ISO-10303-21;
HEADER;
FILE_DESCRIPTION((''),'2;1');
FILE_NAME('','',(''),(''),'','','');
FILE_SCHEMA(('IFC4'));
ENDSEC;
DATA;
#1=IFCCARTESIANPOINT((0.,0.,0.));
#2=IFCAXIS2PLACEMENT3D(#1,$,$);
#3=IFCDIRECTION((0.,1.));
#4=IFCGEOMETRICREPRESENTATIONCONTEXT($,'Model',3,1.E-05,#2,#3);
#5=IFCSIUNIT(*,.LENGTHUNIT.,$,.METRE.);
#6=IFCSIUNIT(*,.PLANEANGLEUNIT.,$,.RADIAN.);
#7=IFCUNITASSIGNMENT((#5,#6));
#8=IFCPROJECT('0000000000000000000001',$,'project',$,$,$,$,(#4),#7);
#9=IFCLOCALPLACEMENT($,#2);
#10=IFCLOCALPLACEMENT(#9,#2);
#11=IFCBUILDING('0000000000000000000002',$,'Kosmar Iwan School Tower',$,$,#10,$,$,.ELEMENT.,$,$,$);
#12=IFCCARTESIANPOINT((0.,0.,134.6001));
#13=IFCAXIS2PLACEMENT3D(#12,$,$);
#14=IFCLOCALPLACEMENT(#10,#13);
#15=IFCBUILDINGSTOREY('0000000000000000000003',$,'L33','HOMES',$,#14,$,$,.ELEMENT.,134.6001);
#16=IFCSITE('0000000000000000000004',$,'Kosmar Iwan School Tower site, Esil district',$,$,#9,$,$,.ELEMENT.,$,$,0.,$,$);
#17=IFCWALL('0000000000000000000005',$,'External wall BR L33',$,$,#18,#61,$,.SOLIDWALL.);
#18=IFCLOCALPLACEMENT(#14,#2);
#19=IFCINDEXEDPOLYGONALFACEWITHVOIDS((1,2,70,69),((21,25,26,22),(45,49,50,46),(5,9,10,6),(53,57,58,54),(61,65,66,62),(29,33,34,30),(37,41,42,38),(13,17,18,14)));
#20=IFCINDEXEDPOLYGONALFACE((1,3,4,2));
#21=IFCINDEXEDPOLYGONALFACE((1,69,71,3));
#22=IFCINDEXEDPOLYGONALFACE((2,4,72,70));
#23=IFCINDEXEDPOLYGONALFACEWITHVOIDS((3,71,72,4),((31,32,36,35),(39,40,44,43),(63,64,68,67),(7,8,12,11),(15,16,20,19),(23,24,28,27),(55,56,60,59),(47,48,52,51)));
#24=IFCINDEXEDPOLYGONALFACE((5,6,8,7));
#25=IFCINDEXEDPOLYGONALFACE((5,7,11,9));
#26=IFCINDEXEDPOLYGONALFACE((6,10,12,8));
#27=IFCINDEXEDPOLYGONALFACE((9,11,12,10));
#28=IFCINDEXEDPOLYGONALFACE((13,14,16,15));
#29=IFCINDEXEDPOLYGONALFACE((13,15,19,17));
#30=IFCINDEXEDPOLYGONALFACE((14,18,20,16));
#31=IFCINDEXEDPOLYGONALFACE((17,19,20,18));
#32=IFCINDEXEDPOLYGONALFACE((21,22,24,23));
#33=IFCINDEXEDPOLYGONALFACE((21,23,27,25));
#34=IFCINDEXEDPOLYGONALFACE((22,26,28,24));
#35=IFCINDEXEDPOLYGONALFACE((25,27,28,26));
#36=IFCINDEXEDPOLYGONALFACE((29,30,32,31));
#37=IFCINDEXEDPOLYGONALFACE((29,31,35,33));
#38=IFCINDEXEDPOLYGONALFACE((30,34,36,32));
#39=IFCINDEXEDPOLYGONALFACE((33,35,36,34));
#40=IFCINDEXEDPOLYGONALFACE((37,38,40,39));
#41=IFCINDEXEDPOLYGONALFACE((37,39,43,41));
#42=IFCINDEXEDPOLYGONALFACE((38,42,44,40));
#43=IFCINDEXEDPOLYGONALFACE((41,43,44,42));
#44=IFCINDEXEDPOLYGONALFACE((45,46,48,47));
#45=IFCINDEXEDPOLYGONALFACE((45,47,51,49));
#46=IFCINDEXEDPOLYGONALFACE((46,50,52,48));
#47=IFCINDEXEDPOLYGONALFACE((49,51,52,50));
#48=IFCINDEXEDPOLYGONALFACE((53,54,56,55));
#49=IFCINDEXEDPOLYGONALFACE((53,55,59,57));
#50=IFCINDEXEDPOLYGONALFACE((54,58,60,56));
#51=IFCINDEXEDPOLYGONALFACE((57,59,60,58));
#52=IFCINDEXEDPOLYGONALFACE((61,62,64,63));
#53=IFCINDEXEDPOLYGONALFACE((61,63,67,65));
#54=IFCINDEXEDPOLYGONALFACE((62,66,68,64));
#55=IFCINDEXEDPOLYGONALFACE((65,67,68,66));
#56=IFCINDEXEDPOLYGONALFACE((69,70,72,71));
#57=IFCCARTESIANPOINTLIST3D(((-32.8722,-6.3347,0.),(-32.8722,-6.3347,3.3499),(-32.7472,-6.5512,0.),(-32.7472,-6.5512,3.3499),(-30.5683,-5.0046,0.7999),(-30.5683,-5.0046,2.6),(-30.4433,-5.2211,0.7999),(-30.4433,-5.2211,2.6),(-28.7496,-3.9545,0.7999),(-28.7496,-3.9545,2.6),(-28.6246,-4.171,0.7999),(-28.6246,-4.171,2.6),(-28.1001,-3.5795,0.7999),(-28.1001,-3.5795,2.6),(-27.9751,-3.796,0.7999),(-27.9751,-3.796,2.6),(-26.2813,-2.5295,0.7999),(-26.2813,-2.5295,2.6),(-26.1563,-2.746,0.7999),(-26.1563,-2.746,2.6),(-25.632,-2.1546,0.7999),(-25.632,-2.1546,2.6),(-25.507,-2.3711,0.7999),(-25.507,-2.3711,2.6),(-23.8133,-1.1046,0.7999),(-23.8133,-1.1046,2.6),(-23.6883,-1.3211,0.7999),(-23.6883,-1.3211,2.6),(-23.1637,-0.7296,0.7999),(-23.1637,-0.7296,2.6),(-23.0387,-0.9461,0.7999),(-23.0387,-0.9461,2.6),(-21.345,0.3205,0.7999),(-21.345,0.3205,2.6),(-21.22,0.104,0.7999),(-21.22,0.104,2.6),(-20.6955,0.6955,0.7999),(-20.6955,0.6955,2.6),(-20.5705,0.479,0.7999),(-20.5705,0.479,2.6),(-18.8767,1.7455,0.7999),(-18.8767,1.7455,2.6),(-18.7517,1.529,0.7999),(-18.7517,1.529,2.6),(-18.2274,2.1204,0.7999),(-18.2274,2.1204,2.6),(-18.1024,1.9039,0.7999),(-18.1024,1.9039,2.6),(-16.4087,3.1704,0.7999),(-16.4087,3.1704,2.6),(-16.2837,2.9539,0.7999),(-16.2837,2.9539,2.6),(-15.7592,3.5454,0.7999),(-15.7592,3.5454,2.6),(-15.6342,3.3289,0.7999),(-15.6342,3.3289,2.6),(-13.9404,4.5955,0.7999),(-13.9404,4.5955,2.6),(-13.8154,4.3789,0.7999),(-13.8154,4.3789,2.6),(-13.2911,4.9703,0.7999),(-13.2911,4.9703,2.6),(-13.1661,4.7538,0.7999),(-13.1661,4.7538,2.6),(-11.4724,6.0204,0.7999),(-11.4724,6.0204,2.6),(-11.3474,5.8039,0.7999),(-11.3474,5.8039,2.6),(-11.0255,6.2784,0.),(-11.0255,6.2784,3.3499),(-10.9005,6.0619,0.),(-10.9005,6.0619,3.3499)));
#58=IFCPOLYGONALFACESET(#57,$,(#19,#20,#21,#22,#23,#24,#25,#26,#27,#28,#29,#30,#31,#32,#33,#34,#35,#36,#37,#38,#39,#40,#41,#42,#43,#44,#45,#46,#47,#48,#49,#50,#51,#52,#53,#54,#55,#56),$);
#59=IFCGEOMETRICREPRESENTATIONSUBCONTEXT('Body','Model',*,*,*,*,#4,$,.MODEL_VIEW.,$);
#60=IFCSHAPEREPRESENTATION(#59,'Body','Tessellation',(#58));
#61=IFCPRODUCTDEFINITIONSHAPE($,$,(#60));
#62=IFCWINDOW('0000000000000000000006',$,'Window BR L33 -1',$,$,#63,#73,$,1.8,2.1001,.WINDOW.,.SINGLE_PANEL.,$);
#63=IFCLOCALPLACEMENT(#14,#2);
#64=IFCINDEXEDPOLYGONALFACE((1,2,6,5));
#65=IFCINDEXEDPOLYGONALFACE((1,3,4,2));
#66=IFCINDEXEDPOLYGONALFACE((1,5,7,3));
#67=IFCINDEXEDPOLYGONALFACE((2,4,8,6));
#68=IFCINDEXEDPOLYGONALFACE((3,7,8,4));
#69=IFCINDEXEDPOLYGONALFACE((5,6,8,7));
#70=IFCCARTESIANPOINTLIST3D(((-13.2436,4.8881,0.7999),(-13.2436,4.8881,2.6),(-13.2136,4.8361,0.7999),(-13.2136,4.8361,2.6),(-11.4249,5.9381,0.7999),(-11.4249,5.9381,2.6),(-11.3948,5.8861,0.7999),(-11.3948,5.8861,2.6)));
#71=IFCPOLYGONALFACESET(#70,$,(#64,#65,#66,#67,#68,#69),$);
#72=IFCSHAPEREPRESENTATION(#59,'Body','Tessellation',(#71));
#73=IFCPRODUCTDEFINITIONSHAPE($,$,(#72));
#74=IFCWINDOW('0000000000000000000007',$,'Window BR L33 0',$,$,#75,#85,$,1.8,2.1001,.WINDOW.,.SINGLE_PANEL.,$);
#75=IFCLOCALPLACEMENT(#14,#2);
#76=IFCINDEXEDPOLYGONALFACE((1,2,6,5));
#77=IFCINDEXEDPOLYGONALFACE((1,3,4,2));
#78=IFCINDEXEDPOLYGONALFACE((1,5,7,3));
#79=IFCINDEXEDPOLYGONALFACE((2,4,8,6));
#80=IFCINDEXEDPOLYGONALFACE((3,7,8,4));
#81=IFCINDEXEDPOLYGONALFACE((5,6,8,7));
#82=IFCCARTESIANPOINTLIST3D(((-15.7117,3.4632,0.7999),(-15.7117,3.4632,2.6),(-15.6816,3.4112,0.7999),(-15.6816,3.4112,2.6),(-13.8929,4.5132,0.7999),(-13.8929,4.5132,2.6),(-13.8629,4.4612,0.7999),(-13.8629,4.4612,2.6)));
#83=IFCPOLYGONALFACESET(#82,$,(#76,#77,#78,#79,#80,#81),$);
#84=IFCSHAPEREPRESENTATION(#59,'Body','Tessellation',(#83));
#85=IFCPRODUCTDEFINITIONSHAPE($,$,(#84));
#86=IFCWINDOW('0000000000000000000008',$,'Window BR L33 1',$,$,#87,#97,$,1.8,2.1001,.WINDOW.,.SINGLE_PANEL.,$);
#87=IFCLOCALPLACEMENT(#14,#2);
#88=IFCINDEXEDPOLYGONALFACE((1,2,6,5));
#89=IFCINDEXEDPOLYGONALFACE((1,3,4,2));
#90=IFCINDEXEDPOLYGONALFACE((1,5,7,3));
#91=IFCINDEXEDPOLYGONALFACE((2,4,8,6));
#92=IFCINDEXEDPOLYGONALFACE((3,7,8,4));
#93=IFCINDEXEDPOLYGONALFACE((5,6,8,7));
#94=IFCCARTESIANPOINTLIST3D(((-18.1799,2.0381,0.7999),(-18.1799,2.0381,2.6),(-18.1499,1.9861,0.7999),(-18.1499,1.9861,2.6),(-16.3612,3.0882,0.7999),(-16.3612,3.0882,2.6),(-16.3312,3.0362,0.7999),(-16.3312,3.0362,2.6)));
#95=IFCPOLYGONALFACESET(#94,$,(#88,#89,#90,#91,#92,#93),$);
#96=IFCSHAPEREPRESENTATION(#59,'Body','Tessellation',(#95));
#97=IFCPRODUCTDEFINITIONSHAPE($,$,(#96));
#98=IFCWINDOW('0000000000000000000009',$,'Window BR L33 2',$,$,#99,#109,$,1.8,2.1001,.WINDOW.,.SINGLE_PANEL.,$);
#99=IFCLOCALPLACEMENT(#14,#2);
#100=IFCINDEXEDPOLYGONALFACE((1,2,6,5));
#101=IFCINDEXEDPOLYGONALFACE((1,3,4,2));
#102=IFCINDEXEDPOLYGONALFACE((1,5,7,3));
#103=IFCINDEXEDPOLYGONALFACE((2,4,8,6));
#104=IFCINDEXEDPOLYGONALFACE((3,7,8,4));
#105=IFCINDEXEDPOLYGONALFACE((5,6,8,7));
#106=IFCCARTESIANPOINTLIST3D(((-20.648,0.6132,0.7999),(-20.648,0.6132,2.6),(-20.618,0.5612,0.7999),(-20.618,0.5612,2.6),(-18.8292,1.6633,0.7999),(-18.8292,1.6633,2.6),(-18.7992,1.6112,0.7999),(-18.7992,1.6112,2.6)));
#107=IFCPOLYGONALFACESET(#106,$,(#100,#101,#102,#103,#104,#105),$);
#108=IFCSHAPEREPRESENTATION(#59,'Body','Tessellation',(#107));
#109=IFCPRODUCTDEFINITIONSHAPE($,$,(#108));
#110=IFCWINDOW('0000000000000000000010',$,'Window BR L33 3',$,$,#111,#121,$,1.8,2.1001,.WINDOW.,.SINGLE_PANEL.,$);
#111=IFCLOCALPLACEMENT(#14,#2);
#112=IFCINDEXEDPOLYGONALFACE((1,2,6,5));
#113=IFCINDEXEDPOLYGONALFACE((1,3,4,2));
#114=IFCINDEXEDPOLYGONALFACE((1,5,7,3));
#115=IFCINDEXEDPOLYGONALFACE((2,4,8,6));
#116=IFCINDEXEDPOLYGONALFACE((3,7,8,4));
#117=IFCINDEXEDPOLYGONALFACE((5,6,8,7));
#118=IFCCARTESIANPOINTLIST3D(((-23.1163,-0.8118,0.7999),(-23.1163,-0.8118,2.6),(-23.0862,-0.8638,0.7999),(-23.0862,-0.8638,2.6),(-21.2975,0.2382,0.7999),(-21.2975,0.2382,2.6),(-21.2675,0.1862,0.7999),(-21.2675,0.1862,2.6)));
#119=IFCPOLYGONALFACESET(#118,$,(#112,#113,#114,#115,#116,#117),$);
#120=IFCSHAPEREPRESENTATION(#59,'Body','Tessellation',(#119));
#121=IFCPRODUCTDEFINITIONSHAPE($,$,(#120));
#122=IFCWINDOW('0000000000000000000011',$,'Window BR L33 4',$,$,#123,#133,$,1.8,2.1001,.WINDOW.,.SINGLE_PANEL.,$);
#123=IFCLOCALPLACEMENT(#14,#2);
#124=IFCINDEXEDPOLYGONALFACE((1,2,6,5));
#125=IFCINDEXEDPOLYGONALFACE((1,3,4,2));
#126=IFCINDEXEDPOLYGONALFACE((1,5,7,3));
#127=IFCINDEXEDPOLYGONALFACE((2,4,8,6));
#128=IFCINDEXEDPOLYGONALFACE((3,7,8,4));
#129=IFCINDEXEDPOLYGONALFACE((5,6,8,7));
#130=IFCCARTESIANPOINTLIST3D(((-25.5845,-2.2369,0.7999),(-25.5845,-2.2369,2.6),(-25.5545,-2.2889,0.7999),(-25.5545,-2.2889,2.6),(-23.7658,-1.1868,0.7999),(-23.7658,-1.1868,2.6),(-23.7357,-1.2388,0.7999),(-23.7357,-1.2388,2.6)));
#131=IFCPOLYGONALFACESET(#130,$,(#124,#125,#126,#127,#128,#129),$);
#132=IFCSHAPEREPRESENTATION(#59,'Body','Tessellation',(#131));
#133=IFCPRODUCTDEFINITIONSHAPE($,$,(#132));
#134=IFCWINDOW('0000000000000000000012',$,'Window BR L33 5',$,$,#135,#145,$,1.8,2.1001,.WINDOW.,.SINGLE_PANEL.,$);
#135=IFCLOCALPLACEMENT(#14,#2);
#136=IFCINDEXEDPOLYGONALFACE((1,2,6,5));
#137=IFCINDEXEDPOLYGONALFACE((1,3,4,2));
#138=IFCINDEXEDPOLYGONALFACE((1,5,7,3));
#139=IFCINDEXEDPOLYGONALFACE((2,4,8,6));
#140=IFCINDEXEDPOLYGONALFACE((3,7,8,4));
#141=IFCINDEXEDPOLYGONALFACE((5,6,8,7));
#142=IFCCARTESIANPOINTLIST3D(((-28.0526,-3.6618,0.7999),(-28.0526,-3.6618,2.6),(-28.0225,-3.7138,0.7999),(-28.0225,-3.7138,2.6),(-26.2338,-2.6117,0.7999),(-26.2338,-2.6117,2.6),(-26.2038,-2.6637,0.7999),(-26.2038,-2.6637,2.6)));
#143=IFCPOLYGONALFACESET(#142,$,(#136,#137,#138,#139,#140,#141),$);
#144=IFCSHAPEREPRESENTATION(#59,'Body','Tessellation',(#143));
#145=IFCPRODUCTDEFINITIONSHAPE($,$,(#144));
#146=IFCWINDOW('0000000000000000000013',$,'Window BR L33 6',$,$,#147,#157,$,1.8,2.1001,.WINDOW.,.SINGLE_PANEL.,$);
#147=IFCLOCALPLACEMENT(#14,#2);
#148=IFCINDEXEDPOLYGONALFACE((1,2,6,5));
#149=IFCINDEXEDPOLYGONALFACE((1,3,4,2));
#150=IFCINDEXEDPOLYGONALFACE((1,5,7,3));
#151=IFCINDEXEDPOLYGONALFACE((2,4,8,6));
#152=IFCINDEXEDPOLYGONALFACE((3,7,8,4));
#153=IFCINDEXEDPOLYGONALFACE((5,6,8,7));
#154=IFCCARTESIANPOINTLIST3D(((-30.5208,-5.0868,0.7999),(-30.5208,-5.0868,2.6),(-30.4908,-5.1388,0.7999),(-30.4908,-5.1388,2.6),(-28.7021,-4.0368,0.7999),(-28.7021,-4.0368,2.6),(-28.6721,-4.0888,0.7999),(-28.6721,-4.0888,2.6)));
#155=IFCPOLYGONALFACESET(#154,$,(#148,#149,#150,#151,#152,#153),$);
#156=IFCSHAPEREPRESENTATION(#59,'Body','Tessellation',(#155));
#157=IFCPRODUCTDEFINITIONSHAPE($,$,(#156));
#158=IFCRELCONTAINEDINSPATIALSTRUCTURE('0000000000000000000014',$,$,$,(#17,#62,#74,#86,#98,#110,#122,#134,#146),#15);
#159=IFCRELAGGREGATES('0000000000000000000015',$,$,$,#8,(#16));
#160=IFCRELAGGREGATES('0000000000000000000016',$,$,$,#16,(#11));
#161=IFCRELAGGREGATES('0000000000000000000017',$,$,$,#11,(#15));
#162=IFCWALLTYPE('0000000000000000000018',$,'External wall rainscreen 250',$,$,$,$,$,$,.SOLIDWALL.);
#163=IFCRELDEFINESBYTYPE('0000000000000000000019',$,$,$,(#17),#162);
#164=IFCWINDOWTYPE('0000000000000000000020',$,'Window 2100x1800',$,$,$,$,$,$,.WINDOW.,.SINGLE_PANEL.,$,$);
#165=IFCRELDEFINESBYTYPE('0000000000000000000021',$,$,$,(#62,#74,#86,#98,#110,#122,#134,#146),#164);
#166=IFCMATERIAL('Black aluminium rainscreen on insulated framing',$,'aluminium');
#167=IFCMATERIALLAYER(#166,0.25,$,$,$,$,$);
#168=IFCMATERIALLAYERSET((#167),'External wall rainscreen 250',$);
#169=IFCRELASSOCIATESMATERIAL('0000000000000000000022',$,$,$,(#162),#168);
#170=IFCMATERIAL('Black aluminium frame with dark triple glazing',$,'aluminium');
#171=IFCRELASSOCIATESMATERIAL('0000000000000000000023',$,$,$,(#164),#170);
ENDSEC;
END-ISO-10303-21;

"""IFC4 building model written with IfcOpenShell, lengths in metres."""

from ifc_helpers import new_model, si_unit, direction, frame, frame_2d, origin, place, context, subcontext, project, spatial, rectangle, extrude, material, layer, layer_set, type_object, element, fill, save


model = new_model("IFC4")

# Units and contexts
model_context = context("Model", 3, precision=1e-05, world=origin(), true_north=direction((0.0, 1.0)))
body_context = subcontext(model_context, "Body", "Model", "MODEL_VIEW")
ifc_project = project(units=[si_unit("LENGTHUNIT", "METRE"), si_unit("PLANEANGLEUNIT", "RADIAN")], contexts=[model_context])

# Site, building, storey
site_placement = place(None, origin())
site = spatial("IfcSite", under=ifc_project, at=site_placement, Name="Kosmar Iwan School Tower site, Esil district", CompositionType="ELEMENT", RefElevation=0.0)
building_placement = place(site_placement, origin())
building = spatial("IfcBuilding", under=site, at=building_placement, Name="Kosmar Iwan School Tower", CompositionType="ELEMENT")
storey_placement = place(building_placement, frame((0.0, 0.0, 134.6001)))
storey = spatial("IfcBuildingStorey", under=building, at=storey_placement, Name="L33", Description="HOMES", CompositionType="ELEMENT", Elevation=134.6001)

# Wall, openings, windows
ifc_material_1 = material(Name="Black aluminium rainscreen on insulated framing", Category="aluminium")
ifc_layer = layer(ifc_material_1, 0.25)
ifc_layer_set = layer_set([ifc_layer], Name="External wall rainscreen 250")
wall_type = type_object("IfcWallType", Name="External wall rainscreen 250", PredefinedType="SOLIDWALL", material=ifc_layer_set)
ifc_material_2 = material(Name="Black aluminium frame with dark triple glazing", Category="aluminium")
window_type = type_object("IfcWindowType", Name="Window 2100x1800", PartitioningType="SINGLE_PANEL", PredefinedType="WINDOW", material=ifc_material_2)
wall_1_placement = place(storey_placement, frame((-10.9629, 6.1702, 0.0), z_axis=(0.0, 0.0, 1.0), x_axis=(-0.866028, -0.499996, 0.0)))
wall_1 = element("IfcWall", 1, at=wall_1_placement, inside=storey, type_object=wall_type, Name="External wall BR L33", PredefinedType="SOLIDWALL", context=body_context, shape_type="SweptSolid", body=[
    extrude(rectangle(XDim=25.2263, YDim=0.25, at=frame_2d((12.6133, 0.0))), origin(), (0.0, 0.0, 1.0), 3.3499),
])
opening_1_placement = place(wall_1_placement, frame((0.5161, 0.0, 0.8)))
opening_1 = element("IfcOpeningElement", 2, at=opening_1_placement, cuts=wall_1, PredefinedType="OPENING", context=body_context, shape_type="SweptSolid", body=[
    extrude(rectangle(XDim=2.1001, YDim=1.8, at=frame_2d((1.05, 0.8999))), frame((0.0, 0.137, 0.0), z_axis=(0.0, -1.0, 0.0), x_axis=(1.0, 0.0, 0.0)), (0.0, 0.0, 1.0), 0.2739),
])
opening_2_placement = place(wall_1_placement, frame((3.366, 0.0, 0.8)))
opening_2 = element("IfcOpeningElement", 3, at=opening_2_placement, cuts=wall_1, PredefinedType="OPENING", context=body_context, shape_type="SweptSolid", body=[
    extrude(rectangle(XDim=2.1001, YDim=1.8, at=frame_2d((1.05, 0.8999))), frame((0.0, 0.137, 0.0), z_axis=(0.0, -1.0, 0.0), x_axis=(1.0, 0.0, 0.0)), (0.0, 0.0, 1.0), 0.2739),
])
opening_3_placement = place(wall_1_placement, frame((6.2161, 0.0, 0.8)))
opening_3 = element("IfcOpeningElement", 4, at=opening_3_placement, cuts=wall_1, PredefinedType="OPENING", context=body_context, shape_type="SweptSolid", body=[
    extrude(rectangle(XDim=2.1001, YDim=1.8, at=frame_2d((1.05, 0.8999))), frame((0.0, 0.137, 0.0), z_axis=(0.0, -1.0, 0.0), x_axis=(1.0, 0.0, 0.0)), (0.0, 0.0, 1.0), 0.2739),
])
opening_4_placement = place(wall_1_placement, frame((9.0659, 0.0, 0.8)))
opening_4 = element("IfcOpeningElement", 5, at=opening_4_placement, cuts=wall_1, PredefinedType="OPENING", context=body_context, shape_type="SweptSolid", body=[
    extrude(rectangle(XDim=2.1001, YDim=1.8, at=frame_2d((1.05, 0.8999))), frame((0.0, 0.137, 0.0), z_axis=(0.0, -1.0, 0.0), x_axis=(1.0, 0.0, 0.0)), (0.0, 0.0, 1.0), 0.2739),
])
opening_5_placement = place(wall_1_placement, frame((11.916, 0.0, 0.8)))
opening_5 = element("IfcOpeningElement", 6, at=opening_5_placement, cuts=wall_1, PredefinedType="OPENING", context=body_context, shape_type="SweptSolid", body=[
    extrude(rectangle(XDim=2.1001, YDim=1.8, at=frame_2d((1.05, 0.8999))), frame((0.0, 0.137, 0.0), z_axis=(0.0, -1.0, 0.0), x_axis=(1.0, 0.0, 0.0)), (0.0, 0.0, 1.0), 0.2739),
])
opening_6_placement = place(wall_1_placement, frame((14.7661, 0.0, 0.8)))
opening_6 = element("IfcOpeningElement", 7, at=opening_6_placement, cuts=wall_1, PredefinedType="OPENING", context=body_context, shape_type="SweptSolid", body=[
    extrude(rectangle(XDim=2.1001, YDim=1.8, at=frame_2d((1.05, 0.8999))), frame((0.0, 0.137, 0.0), z_axis=(0.0, -1.0, 0.0), x_axis=(1.0, 0.0, 0.0)), (0.0, 0.0, 1.0), 0.2739),
])
opening_7_placement = place(wall_1_placement, frame((17.616, 0.0, 0.8)))
opening_7 = element("IfcOpeningElement", 8, at=opening_7_placement, cuts=wall_1, PredefinedType="OPENING", context=body_context, shape_type="SweptSolid", body=[
    extrude(rectangle(XDim=2.1001, YDim=1.8, at=frame_2d((1.05, 0.8999))), frame((0.0, 0.137, 0.0), z_axis=(0.0, -1.0, 0.0), x_axis=(1.0, 0.0, 0.0)), (0.0, 0.0, 1.0), 0.2739),
])
opening_8_placement = place(wall_1_placement, frame((20.4661, 0.0, 0.8)))
opening_8 = element("IfcOpeningElement", 9, at=opening_8_placement, cuts=wall_1, PredefinedType="OPENING", context=body_context, shape_type="SweptSolid", body=[
    extrude(rectangle(XDim=2.1001, YDim=1.8, at=frame_2d((1.05, 0.8999))), frame((0.0, 0.137, 0.0), z_axis=(0.0, -1.0, 0.0), x_axis=(1.0, 0.0, 0.0)), (0.0, 0.0, 1.0), 0.2739),
])
window_1_placement = place(opening_1_placement, origin())
window_1 = element("IfcWindow", 10, at=window_1_placement, inside=storey, type_object=window_type, Name="Window BR L33 -1", OverallHeight=1.8, OverallWidth=2.1001, PartitioningType="SINGLE_PANEL", PredefinedType="WINDOW", context=body_context, shape_type="SweptSolid", body=[
    extrude(rectangle(XDim=2.1001, YDim=1.8, at=frame_2d((1.05, 0.8999))), frame((0.0, 0.03, 0.0), z_axis=(0.0, -1.0, 0.0), x_axis=(1.0, 0.0, 0.0)), (0.0, 0.0, 1.0), 0.0601),
])
fill(opening_1, window_1)
window_2_placement = place(opening_2_placement, origin())
window_2 = element("IfcWindow", 11, at=window_2_placement, inside=storey, type_object=window_type, Name="Window BR L33 0", OverallHeight=1.8, OverallWidth=2.1001, PartitioningType="SINGLE_PANEL", PredefinedType="WINDOW", context=body_context, shape_type="SweptSolid", body=[
    extrude(rectangle(XDim=2.1001, YDim=1.8, at=frame_2d((1.05, 0.8999))), frame((0.0, 0.03, 0.0), z_axis=(0.0, -1.0, 0.0), x_axis=(1.0, 0.0, 0.0)), (0.0, 0.0, 1.0), 0.0601),
])
fill(opening_2, window_2)
window_3_placement = place(opening_3_placement, origin())
window_3 = element("IfcWindow", 12, at=window_3_placement, inside=storey, type_object=window_type, Name="Window BR L33 1", OverallHeight=1.8, OverallWidth=2.1001, PartitioningType="SINGLE_PANEL", PredefinedType="WINDOW", context=body_context, shape_type="SweptSolid", body=[
    extrude(rectangle(XDim=2.1001, YDim=1.8, at=frame_2d((1.05, 0.8999))), frame((0.0, 0.03, 0.0), z_axis=(0.0, -1.0, 0.0), x_axis=(1.0, 0.0, 0.0)), (0.0, 0.0, 1.0), 0.0601),
])
fill(opening_3, window_3)
window_4_placement = place(opening_4_placement, origin())
window_4 = element("IfcWindow", 13, at=window_4_placement, inside=storey, type_object=window_type, Name="Window BR L33 2", OverallHeight=1.8, OverallWidth=2.1001, PartitioningType="SINGLE_PANEL", PredefinedType="WINDOW", context=body_context, shape_type="SweptSolid", body=[
    extrude(rectangle(XDim=2.1001, YDim=1.8, at=frame_2d((1.05, 0.8999))), frame((0.0, 0.03, 0.0), z_axis=(0.0, -1.0, 0.0), x_axis=(1.0, 0.0, 0.0)), (0.0, 0.0, 1.0), 0.0601),
])
fill(opening_4, window_4)
window_5_placement = place(opening_5_placement, origin())
window_5 = element("IfcWindow", 14, at=window_5_placement, inside=storey, type_object=window_type, Name="Window BR L33 3", OverallHeight=1.8, OverallWidth=2.1001, PartitioningType="SINGLE_PANEL", PredefinedType="WINDOW", context=body_context, shape_type="SweptSolid", body=[
    extrude(rectangle(XDim=2.1001, YDim=1.8, at=frame_2d((1.05, 0.8999))), frame((0.0, 0.03, 0.0), z_axis=(0.0, -1.0, 0.0), x_axis=(1.0, 0.0, 0.0)), (0.0, 0.0, 1.0), 0.0601),
])
fill(opening_5, window_5)
window_6_placement = place(opening_6_placement, origin())
window_6 = element("IfcWindow", 15, at=window_6_placement, inside=storey, type_object=window_type, Name="Window BR L33 4", OverallHeight=1.8, OverallWidth=2.1001, PartitioningType="SINGLE_PANEL", PredefinedType="WINDOW", context=body_context, shape_type="SweptSolid", body=[
    extrude(rectangle(XDim=2.1001, YDim=1.8, at=frame_2d((1.05, 0.8999))), frame((0.0, 0.03, 0.0), z_axis=(0.0, -1.0, 0.0), x_axis=(1.0, 0.0, 0.0)), (0.0, 0.0, 1.0), 0.0601),
])
fill(opening_6, window_6)
window_7_placement = place(opening_7_placement, origin())
window_7 = element("IfcWindow", 16, at=window_7_placement, inside=storey, type_object=window_type, Name="Window BR L33 5", OverallHeight=1.8, OverallWidth=2.1001, PartitioningType="SINGLE_PANEL", PredefinedType="WINDOW", context=body_context, shape_type="SweptSolid", body=[
    extrude(rectangle(XDim=2.1001, YDim=1.8, at=frame_2d((1.05, 0.8999))), frame((0.0, 0.03, 0.0), z_axis=(0.0, -1.0, 0.0), x_axis=(1.0, 0.0, 0.0)), (0.0, 0.0, 1.0), 0.0601),
])
fill(opening_7, window_7)
window_8_placement = place(opening_8_placement, origin())
window_8 = element("IfcWindow", 17, at=window_8_placement, inside=storey, type_object=window_type, Name="Window BR L33 6", OverallHeight=1.8, OverallWidth=2.1001, PartitioningType="SINGLE_PANEL", PredefinedType="WINDOW", context=body_context, shape_type="SweptSolid", body=[
    extrude(rectangle(XDim=2.1001, YDim=1.8, at=frame_2d((1.05, 0.8999))), frame((0.0, 0.03, 0.0), z_axis=(0.0, -1.0, 0.0), x_axis=(1.0, 0.0, 0.0)), (0.0, 0.0, 1.0), 0.0601),
])
fill(opening_8, window_8)

save(model, "model.ifc")
